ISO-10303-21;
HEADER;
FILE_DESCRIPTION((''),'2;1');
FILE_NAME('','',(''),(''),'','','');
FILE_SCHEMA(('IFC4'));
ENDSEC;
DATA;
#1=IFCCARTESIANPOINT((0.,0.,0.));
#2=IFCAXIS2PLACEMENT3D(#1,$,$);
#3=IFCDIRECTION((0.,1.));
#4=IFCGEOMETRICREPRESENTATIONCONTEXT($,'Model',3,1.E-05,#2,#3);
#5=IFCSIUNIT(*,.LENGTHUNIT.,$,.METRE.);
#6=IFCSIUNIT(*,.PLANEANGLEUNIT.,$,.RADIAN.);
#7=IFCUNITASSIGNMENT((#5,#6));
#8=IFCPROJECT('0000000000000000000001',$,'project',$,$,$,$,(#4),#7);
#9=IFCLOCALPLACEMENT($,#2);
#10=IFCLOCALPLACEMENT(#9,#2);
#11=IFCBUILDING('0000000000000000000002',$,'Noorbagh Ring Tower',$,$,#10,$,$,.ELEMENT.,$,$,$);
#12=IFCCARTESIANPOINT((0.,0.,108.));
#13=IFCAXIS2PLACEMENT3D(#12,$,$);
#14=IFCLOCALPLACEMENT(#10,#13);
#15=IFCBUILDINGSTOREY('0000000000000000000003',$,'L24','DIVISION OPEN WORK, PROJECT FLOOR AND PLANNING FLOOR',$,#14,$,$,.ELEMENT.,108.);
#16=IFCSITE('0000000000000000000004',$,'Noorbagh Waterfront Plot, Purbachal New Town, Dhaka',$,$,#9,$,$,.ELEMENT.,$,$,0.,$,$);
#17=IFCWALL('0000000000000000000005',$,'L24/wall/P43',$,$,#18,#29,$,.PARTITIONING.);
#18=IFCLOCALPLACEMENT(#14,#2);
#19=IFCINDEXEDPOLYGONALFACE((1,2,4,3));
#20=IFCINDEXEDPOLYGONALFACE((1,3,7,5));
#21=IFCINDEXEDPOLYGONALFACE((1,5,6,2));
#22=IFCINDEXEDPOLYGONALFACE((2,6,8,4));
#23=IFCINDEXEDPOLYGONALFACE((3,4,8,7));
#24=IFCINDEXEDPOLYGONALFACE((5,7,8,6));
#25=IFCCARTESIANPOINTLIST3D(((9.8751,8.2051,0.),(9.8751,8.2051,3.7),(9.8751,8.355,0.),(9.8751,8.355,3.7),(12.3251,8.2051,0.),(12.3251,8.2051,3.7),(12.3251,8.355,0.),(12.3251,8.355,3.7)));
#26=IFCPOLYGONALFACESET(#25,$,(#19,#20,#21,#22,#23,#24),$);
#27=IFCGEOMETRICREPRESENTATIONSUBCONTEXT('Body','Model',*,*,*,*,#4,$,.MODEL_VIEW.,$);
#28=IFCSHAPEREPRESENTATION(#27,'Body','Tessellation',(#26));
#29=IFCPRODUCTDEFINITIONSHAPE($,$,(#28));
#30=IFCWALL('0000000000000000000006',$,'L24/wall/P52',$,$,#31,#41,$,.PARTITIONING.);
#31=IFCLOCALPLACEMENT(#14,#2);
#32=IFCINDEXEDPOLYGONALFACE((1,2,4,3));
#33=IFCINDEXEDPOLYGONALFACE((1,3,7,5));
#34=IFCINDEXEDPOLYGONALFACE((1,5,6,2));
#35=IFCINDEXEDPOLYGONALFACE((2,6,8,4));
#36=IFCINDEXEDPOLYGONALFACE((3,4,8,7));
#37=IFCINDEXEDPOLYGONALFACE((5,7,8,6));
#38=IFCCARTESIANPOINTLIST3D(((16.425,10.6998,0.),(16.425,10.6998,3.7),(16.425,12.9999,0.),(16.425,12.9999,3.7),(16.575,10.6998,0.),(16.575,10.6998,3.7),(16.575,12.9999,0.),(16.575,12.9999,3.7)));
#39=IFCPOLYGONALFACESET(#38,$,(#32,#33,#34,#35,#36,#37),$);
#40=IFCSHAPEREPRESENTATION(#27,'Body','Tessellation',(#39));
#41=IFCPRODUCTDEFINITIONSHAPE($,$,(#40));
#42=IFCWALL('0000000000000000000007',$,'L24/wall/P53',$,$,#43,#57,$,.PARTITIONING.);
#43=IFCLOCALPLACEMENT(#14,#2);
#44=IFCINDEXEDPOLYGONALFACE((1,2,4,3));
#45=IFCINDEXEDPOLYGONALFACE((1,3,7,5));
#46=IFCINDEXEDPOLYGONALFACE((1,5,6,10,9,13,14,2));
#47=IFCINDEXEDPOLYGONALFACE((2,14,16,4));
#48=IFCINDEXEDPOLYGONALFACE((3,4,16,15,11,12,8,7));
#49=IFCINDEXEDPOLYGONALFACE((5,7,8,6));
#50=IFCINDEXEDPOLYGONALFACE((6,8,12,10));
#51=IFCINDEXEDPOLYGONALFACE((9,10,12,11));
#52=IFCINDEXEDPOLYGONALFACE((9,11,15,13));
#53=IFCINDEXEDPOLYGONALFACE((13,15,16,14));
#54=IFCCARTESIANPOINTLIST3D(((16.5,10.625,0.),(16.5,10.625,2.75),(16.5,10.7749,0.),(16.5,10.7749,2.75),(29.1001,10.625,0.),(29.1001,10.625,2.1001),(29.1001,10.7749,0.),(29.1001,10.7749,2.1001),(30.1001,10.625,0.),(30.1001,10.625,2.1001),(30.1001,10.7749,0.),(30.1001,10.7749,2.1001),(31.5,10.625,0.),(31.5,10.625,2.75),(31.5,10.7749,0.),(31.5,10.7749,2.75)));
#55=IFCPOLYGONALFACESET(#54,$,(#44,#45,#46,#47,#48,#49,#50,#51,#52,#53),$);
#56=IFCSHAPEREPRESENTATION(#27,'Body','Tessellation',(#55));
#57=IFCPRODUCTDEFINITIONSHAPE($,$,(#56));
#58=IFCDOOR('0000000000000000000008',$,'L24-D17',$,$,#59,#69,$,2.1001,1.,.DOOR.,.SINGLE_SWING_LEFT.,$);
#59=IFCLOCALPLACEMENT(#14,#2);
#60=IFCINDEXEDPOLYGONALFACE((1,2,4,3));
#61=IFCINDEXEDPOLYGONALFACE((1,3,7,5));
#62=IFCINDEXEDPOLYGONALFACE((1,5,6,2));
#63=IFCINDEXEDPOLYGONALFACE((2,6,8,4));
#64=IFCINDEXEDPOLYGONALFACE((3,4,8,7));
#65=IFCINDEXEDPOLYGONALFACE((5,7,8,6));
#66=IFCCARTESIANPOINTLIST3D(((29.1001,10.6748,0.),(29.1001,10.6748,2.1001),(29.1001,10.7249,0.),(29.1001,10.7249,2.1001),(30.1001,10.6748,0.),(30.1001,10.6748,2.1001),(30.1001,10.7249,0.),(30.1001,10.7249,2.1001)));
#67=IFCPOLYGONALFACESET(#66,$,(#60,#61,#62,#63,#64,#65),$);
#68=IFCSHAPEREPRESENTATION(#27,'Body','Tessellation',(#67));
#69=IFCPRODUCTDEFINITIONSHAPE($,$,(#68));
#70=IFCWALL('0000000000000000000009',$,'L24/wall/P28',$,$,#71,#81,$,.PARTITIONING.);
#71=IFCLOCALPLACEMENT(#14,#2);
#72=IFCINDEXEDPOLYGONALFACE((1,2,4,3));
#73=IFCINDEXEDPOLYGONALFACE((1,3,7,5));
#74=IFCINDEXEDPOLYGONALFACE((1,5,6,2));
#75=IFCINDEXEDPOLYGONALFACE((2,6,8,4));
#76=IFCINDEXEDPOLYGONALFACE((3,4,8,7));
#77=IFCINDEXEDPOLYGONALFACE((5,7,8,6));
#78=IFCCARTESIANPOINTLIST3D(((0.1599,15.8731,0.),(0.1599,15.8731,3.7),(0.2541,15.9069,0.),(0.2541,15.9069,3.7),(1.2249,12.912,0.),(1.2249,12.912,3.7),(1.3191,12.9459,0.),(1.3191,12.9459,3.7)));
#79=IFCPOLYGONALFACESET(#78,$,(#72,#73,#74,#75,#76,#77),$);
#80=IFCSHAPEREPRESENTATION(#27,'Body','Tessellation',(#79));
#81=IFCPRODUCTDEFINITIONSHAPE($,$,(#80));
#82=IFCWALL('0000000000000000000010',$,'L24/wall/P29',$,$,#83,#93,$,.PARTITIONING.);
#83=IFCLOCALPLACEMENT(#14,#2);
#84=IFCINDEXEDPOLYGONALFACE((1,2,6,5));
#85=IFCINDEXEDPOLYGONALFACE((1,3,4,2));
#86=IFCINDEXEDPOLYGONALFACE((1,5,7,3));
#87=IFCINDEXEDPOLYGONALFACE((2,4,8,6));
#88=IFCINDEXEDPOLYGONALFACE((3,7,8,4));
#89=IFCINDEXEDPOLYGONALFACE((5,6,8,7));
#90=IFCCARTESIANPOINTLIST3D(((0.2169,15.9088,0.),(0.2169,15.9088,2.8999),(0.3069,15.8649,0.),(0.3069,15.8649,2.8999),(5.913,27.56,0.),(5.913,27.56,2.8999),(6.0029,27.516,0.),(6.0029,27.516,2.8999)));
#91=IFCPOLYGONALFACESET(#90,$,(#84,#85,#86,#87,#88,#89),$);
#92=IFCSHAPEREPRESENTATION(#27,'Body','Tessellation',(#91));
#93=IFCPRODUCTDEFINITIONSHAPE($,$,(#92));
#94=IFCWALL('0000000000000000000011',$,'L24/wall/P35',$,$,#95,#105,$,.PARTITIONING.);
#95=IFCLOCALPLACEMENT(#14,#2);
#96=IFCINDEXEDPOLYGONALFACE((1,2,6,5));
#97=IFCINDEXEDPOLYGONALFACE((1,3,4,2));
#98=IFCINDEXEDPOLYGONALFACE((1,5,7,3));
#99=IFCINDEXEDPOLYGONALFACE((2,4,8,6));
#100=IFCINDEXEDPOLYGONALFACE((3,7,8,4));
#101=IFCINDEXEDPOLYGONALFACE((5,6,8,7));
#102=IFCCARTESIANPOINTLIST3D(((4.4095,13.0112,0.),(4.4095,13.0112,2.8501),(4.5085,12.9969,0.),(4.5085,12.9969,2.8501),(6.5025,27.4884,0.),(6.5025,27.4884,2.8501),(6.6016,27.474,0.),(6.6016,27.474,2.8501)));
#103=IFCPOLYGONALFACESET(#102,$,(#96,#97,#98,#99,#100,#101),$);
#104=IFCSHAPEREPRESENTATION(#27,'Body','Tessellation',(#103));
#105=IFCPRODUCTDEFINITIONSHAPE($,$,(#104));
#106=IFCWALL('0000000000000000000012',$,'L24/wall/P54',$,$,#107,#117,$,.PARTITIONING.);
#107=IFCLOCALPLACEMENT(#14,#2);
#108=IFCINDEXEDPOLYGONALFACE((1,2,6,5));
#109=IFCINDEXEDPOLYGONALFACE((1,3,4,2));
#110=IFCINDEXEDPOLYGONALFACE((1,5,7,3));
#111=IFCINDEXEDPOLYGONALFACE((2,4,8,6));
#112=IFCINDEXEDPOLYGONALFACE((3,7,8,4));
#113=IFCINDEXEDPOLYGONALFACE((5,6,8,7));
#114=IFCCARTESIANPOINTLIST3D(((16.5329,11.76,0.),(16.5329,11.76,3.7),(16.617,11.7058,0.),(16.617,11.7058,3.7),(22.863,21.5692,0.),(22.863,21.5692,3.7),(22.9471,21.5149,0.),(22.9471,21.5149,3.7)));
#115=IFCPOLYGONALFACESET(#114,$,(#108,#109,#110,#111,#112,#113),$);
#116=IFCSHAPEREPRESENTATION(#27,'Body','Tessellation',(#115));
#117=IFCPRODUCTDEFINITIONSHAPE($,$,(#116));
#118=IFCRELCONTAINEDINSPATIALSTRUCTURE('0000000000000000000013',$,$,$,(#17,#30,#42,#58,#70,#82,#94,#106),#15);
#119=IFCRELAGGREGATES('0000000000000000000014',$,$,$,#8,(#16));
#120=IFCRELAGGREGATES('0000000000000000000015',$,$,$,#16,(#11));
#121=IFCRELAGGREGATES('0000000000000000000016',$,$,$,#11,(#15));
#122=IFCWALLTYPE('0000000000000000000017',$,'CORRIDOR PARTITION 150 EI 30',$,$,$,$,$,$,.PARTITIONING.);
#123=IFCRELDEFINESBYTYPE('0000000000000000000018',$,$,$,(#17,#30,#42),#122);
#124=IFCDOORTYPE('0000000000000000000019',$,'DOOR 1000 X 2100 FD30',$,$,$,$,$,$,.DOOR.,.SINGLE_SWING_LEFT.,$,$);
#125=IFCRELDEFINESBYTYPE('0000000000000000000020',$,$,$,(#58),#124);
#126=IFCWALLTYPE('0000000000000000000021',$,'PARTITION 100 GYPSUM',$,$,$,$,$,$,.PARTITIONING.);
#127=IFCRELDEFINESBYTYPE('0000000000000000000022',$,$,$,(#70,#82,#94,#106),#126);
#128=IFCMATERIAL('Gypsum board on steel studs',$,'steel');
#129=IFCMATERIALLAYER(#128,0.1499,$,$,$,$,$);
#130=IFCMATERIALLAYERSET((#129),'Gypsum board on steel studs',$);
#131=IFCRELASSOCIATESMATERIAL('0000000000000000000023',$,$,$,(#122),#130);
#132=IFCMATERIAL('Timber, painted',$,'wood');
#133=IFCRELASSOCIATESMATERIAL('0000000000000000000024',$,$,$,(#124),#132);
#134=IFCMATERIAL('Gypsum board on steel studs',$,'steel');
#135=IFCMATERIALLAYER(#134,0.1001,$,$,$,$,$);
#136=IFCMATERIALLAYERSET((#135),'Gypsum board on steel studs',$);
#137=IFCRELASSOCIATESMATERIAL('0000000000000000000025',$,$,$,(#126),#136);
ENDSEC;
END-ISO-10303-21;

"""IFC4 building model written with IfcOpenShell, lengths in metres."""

from ifc_helpers import new_model, si_unit, direction, frame, frame_2d, origin, place, context, subcontext, project, spatial, rectangle, extrude, material, layer, layer_set, type_object, element, fill, save


model = new_model("IFC4")

# Units and contexts
model_context = context("Model", 3, precision=1e-05, world=origin(), true_north=direction((0.0, 1.0)))
body_context = subcontext(model_context, "Body", "Model", "MODEL_VIEW")
ifc_project = project(units=[si_unit("LENGTHUNIT", "METRE"), si_unit("PLANEANGLEUNIT", "RADIAN")], contexts=[model_context])

# Site, building, storey
site_placement = place(None, origin())
site = spatial("IfcSite", under=ifc_project, at=site_placement, Name="Noorbagh Waterfront Plot, Purbachal New Town, Dhaka", CompositionType="ELEMENT", RefElevation=0.0)
building_placement = place(site_placement, origin())
building = spatial("IfcBuilding", under=site, at=building_placement, Name="Noorbagh Ring Tower", CompositionType="ELEMENT")
storey_placement = place(building_placement, frame((0.0, 0.0, 108.0)))
storey = spatial("IfcBuildingStorey", under=building, at=storey_placement, Name="L24", Description="DIVISION OPEN WORK, PROJECT FLOOR AND PLANNING FLOOR", CompositionType="ELEMENT", Elevation=108.0)

# Shared definitions
ifc_material_1 = material(Name="Gypsum board on steel studs", Category="steel")
ifc_layer_1 = layer(ifc_material_1, 0.1499)
ifc_layer_set_1 = layer_set([ifc_layer_1], Name="Gypsum board on steel studs")
wall_type_1 = type_object("IfcWallType", Name="CORRIDOR PARTITION 150 EI 30", PredefinedType="PARTITIONING", material=ifc_layer_set_1)
ifc_material_2 = material(Name="Timber, painted", Category="wood")
door_type = type_object("IfcDoorType", Name="DOOR 1000 X 2100 FD30", OperationType="SINGLE_SWING_LEFT", PredefinedType="DOOR", material=ifc_material_2)

# Walls
wall_1_placement = place(storey_placement, frame((9.875, 8.28, 0.0), z_axis=(0.0, 0.0, 1.0), x_axis=(1.0, 0.0, 0.0)))
element("IfcWall", 1, at=wall_1_placement, inside=storey, type_object=wall_type_1, Name="L24/wall/P43", PredefinedType="PARTITIONING", context=body_context, shape_type="SweptSolid", body=[
    extrude(rectangle(XDim=2.45, YDim=0.1499, at=frame_2d((1.2251, 0.0))), origin(), (0.0, 0.0, 1.0), 3.7),
])
wall_2_placement = place(storey_placement, frame((16.5, 10.7, 0.0), z_axis=(0.0, 0.0, 1.0), x_axis=(0.0, 1.0, 0.0)))
element("IfcWall", 2, at=wall_2_placement, inside=storey, type_object=wall_type_1, Name="L24/wall/P52", PredefinedType="PARTITIONING", context=body_context, shape_type="SweptSolid", body=[
    extrude(rectangle(XDim=2.3, YDim=0.1499, at=frame_2d((1.1499, 0.0))), origin(), (0.0, 0.0, 1.0), 3.7),
])

# Wall, opening, door
wall_3_placement = place(storey_placement, frame((16.5, 10.7, 0.0), z_axis=(0.0, 0.0, 1.0), x_axis=(1.0, 0.0, 0.0)))
wall_3 = element("IfcWall", 3, at=wall_3_placement, inside=storey, type_object=wall_type_1, Name="L24/wall/P53", PredefinedType="PARTITIONING", context=body_context, shape_type="SweptSolid", body=[
    extrude(rectangle(XDim=15.0, YDim=0.1499, at=frame_2d((7.5, 0.0))), origin(), (0.0, 0.0, 1.0), 2.75),
])
opening_1_placement = place(wall_3_placement, frame((12.6001, 0.0, 0.0)))
opening_1 = element("IfcOpeningElement", 4, at=opening_1_placement, cuts=wall_3, PredefinedType="OPENING", context=body_context, shape_type="SweptSolid", body=[
    extrude(rectangle(XDim=1.0, YDim=2.1001, at=frame_2d((0.5, 1.05))), frame((0.0, 0.085, 0.0), z_axis=(0.0, -1.0, 0.0), x_axis=(1.0, 0.0, 0.0)), (0.0, 0.0, 1.0), 0.1699),
])
door_1_placement = place(opening_1_placement, origin())
door_1 = element("IfcDoor", 5, at=door_1_placement, inside=storey, type_object=door_type, Name="L24-D17", OperationType="SINGLE_SWING_LEFT", OverallHeight=2.1001, OverallWidth=1.0, PredefinedType="DOOR", context=body_context, shape_type="SweptSolid", body=[
    extrude(rectangle(XDim=1.0, YDim=2.1001, at=frame_2d((0.5, 1.05))), frame((0.0, 0.0249, 0.0), z_axis=(0.0, -1.0, 0.0), x_axis=(1.0, 0.0, 0.0)), (0.0, 0.0, 1.0), 0.05),
])
fill(opening_1, door_1)

# Walls
ifc_material_3 = material(Name="Gypsum board on steel studs", Category="steel")
ifc_layer_2 = layer(ifc_material_3, 0.1001)
ifc_layer_set_2 = layer_set([ifc_layer_2], Name="Gypsum board on steel studs")
wall_type_2 = type_object("IfcWallType", Name="PARTITION 100 GYPSUM", PredefinedType="PARTITIONING", material=ifc_layer_set_2)
wall_4_placement = place(storey_placement, frame((0.207, 15.8899, 0.0), z_axis=(0.0, 0.0, 1.0), x_axis=(0.338439, -0.940988, 0.0)))
element("IfcWall", 6, at=wall_4_placement, inside=storey, type_object=wall_type_2, Name="L24/wall/P28", PredefinedType="PARTITIONING", context=body_context, shape_type="SweptSolid", body=[
    extrude(rectangle(XDim=3.1467, YDim=0.1001, at=frame_2d((1.5732, 0.0))), origin(), (0.0, 0.0, 1.0), 3.7),
])
wall_5_placement = place(storey_placement, frame((0.262, 15.887, 0.0), z_axis=(0.0, 0.0, 1.0), x_axis=(0.439206, 0.898386, 0.0)))
element("IfcWall", 7, at=wall_5_placement, inside=storey, type_object=wall_type_2, Name="L24/wall/P29", PredefinedType="PARTITIONING", context=body_context, shape_type="SweptSolid", body=[
    extrude(rectangle(XDim=12.969, YDim=0.1001, at=frame_2d((6.4844, 0.0))), origin(), (0.0, 0.0, 1.0), 2.8999),
])
wall_6_placement = place(storey_placement, frame((4.459, 13.0039, 0.0), z_axis=(0.0, 0.0, 1.0), x_axis=(0.143087, 0.98971, 0.0)))
element("IfcWall", 8, at=wall_6_placement, inside=storey, type_object=wall_type_2, Name="L24/wall/P35", PredefinedType="PARTITIONING", context=body_context, shape_type="SweptSolid", body=[
    extrude(rectangle(XDim=14.6277, YDim=0.1001, at=frame_2d((7.314, 0.0))), origin(), (0.0, 0.0, 1.0), 2.8501),
])
wall_7_placement = place(storey_placement, frame((16.575, 11.7329, 0.0), z_axis=(0.0, 0.0, 1.0), x_axis=(0.542226, 0.840233, 0.0)))
element("IfcWall", 9, at=wall_7_placement, inside=storey, type_object=wall_type_2, Name="L24/wall/P54", PredefinedType="PARTITIONING", context=body_context, shape_type="SweptSolid", body=[
    extrude(rectangle(XDim=11.6743, YDim=0.1001, at=frame_2d((5.8372, 0.0))), origin(), (0.0, 0.0, 1.0), 3.7),
])

save(model, "model.ifc")
